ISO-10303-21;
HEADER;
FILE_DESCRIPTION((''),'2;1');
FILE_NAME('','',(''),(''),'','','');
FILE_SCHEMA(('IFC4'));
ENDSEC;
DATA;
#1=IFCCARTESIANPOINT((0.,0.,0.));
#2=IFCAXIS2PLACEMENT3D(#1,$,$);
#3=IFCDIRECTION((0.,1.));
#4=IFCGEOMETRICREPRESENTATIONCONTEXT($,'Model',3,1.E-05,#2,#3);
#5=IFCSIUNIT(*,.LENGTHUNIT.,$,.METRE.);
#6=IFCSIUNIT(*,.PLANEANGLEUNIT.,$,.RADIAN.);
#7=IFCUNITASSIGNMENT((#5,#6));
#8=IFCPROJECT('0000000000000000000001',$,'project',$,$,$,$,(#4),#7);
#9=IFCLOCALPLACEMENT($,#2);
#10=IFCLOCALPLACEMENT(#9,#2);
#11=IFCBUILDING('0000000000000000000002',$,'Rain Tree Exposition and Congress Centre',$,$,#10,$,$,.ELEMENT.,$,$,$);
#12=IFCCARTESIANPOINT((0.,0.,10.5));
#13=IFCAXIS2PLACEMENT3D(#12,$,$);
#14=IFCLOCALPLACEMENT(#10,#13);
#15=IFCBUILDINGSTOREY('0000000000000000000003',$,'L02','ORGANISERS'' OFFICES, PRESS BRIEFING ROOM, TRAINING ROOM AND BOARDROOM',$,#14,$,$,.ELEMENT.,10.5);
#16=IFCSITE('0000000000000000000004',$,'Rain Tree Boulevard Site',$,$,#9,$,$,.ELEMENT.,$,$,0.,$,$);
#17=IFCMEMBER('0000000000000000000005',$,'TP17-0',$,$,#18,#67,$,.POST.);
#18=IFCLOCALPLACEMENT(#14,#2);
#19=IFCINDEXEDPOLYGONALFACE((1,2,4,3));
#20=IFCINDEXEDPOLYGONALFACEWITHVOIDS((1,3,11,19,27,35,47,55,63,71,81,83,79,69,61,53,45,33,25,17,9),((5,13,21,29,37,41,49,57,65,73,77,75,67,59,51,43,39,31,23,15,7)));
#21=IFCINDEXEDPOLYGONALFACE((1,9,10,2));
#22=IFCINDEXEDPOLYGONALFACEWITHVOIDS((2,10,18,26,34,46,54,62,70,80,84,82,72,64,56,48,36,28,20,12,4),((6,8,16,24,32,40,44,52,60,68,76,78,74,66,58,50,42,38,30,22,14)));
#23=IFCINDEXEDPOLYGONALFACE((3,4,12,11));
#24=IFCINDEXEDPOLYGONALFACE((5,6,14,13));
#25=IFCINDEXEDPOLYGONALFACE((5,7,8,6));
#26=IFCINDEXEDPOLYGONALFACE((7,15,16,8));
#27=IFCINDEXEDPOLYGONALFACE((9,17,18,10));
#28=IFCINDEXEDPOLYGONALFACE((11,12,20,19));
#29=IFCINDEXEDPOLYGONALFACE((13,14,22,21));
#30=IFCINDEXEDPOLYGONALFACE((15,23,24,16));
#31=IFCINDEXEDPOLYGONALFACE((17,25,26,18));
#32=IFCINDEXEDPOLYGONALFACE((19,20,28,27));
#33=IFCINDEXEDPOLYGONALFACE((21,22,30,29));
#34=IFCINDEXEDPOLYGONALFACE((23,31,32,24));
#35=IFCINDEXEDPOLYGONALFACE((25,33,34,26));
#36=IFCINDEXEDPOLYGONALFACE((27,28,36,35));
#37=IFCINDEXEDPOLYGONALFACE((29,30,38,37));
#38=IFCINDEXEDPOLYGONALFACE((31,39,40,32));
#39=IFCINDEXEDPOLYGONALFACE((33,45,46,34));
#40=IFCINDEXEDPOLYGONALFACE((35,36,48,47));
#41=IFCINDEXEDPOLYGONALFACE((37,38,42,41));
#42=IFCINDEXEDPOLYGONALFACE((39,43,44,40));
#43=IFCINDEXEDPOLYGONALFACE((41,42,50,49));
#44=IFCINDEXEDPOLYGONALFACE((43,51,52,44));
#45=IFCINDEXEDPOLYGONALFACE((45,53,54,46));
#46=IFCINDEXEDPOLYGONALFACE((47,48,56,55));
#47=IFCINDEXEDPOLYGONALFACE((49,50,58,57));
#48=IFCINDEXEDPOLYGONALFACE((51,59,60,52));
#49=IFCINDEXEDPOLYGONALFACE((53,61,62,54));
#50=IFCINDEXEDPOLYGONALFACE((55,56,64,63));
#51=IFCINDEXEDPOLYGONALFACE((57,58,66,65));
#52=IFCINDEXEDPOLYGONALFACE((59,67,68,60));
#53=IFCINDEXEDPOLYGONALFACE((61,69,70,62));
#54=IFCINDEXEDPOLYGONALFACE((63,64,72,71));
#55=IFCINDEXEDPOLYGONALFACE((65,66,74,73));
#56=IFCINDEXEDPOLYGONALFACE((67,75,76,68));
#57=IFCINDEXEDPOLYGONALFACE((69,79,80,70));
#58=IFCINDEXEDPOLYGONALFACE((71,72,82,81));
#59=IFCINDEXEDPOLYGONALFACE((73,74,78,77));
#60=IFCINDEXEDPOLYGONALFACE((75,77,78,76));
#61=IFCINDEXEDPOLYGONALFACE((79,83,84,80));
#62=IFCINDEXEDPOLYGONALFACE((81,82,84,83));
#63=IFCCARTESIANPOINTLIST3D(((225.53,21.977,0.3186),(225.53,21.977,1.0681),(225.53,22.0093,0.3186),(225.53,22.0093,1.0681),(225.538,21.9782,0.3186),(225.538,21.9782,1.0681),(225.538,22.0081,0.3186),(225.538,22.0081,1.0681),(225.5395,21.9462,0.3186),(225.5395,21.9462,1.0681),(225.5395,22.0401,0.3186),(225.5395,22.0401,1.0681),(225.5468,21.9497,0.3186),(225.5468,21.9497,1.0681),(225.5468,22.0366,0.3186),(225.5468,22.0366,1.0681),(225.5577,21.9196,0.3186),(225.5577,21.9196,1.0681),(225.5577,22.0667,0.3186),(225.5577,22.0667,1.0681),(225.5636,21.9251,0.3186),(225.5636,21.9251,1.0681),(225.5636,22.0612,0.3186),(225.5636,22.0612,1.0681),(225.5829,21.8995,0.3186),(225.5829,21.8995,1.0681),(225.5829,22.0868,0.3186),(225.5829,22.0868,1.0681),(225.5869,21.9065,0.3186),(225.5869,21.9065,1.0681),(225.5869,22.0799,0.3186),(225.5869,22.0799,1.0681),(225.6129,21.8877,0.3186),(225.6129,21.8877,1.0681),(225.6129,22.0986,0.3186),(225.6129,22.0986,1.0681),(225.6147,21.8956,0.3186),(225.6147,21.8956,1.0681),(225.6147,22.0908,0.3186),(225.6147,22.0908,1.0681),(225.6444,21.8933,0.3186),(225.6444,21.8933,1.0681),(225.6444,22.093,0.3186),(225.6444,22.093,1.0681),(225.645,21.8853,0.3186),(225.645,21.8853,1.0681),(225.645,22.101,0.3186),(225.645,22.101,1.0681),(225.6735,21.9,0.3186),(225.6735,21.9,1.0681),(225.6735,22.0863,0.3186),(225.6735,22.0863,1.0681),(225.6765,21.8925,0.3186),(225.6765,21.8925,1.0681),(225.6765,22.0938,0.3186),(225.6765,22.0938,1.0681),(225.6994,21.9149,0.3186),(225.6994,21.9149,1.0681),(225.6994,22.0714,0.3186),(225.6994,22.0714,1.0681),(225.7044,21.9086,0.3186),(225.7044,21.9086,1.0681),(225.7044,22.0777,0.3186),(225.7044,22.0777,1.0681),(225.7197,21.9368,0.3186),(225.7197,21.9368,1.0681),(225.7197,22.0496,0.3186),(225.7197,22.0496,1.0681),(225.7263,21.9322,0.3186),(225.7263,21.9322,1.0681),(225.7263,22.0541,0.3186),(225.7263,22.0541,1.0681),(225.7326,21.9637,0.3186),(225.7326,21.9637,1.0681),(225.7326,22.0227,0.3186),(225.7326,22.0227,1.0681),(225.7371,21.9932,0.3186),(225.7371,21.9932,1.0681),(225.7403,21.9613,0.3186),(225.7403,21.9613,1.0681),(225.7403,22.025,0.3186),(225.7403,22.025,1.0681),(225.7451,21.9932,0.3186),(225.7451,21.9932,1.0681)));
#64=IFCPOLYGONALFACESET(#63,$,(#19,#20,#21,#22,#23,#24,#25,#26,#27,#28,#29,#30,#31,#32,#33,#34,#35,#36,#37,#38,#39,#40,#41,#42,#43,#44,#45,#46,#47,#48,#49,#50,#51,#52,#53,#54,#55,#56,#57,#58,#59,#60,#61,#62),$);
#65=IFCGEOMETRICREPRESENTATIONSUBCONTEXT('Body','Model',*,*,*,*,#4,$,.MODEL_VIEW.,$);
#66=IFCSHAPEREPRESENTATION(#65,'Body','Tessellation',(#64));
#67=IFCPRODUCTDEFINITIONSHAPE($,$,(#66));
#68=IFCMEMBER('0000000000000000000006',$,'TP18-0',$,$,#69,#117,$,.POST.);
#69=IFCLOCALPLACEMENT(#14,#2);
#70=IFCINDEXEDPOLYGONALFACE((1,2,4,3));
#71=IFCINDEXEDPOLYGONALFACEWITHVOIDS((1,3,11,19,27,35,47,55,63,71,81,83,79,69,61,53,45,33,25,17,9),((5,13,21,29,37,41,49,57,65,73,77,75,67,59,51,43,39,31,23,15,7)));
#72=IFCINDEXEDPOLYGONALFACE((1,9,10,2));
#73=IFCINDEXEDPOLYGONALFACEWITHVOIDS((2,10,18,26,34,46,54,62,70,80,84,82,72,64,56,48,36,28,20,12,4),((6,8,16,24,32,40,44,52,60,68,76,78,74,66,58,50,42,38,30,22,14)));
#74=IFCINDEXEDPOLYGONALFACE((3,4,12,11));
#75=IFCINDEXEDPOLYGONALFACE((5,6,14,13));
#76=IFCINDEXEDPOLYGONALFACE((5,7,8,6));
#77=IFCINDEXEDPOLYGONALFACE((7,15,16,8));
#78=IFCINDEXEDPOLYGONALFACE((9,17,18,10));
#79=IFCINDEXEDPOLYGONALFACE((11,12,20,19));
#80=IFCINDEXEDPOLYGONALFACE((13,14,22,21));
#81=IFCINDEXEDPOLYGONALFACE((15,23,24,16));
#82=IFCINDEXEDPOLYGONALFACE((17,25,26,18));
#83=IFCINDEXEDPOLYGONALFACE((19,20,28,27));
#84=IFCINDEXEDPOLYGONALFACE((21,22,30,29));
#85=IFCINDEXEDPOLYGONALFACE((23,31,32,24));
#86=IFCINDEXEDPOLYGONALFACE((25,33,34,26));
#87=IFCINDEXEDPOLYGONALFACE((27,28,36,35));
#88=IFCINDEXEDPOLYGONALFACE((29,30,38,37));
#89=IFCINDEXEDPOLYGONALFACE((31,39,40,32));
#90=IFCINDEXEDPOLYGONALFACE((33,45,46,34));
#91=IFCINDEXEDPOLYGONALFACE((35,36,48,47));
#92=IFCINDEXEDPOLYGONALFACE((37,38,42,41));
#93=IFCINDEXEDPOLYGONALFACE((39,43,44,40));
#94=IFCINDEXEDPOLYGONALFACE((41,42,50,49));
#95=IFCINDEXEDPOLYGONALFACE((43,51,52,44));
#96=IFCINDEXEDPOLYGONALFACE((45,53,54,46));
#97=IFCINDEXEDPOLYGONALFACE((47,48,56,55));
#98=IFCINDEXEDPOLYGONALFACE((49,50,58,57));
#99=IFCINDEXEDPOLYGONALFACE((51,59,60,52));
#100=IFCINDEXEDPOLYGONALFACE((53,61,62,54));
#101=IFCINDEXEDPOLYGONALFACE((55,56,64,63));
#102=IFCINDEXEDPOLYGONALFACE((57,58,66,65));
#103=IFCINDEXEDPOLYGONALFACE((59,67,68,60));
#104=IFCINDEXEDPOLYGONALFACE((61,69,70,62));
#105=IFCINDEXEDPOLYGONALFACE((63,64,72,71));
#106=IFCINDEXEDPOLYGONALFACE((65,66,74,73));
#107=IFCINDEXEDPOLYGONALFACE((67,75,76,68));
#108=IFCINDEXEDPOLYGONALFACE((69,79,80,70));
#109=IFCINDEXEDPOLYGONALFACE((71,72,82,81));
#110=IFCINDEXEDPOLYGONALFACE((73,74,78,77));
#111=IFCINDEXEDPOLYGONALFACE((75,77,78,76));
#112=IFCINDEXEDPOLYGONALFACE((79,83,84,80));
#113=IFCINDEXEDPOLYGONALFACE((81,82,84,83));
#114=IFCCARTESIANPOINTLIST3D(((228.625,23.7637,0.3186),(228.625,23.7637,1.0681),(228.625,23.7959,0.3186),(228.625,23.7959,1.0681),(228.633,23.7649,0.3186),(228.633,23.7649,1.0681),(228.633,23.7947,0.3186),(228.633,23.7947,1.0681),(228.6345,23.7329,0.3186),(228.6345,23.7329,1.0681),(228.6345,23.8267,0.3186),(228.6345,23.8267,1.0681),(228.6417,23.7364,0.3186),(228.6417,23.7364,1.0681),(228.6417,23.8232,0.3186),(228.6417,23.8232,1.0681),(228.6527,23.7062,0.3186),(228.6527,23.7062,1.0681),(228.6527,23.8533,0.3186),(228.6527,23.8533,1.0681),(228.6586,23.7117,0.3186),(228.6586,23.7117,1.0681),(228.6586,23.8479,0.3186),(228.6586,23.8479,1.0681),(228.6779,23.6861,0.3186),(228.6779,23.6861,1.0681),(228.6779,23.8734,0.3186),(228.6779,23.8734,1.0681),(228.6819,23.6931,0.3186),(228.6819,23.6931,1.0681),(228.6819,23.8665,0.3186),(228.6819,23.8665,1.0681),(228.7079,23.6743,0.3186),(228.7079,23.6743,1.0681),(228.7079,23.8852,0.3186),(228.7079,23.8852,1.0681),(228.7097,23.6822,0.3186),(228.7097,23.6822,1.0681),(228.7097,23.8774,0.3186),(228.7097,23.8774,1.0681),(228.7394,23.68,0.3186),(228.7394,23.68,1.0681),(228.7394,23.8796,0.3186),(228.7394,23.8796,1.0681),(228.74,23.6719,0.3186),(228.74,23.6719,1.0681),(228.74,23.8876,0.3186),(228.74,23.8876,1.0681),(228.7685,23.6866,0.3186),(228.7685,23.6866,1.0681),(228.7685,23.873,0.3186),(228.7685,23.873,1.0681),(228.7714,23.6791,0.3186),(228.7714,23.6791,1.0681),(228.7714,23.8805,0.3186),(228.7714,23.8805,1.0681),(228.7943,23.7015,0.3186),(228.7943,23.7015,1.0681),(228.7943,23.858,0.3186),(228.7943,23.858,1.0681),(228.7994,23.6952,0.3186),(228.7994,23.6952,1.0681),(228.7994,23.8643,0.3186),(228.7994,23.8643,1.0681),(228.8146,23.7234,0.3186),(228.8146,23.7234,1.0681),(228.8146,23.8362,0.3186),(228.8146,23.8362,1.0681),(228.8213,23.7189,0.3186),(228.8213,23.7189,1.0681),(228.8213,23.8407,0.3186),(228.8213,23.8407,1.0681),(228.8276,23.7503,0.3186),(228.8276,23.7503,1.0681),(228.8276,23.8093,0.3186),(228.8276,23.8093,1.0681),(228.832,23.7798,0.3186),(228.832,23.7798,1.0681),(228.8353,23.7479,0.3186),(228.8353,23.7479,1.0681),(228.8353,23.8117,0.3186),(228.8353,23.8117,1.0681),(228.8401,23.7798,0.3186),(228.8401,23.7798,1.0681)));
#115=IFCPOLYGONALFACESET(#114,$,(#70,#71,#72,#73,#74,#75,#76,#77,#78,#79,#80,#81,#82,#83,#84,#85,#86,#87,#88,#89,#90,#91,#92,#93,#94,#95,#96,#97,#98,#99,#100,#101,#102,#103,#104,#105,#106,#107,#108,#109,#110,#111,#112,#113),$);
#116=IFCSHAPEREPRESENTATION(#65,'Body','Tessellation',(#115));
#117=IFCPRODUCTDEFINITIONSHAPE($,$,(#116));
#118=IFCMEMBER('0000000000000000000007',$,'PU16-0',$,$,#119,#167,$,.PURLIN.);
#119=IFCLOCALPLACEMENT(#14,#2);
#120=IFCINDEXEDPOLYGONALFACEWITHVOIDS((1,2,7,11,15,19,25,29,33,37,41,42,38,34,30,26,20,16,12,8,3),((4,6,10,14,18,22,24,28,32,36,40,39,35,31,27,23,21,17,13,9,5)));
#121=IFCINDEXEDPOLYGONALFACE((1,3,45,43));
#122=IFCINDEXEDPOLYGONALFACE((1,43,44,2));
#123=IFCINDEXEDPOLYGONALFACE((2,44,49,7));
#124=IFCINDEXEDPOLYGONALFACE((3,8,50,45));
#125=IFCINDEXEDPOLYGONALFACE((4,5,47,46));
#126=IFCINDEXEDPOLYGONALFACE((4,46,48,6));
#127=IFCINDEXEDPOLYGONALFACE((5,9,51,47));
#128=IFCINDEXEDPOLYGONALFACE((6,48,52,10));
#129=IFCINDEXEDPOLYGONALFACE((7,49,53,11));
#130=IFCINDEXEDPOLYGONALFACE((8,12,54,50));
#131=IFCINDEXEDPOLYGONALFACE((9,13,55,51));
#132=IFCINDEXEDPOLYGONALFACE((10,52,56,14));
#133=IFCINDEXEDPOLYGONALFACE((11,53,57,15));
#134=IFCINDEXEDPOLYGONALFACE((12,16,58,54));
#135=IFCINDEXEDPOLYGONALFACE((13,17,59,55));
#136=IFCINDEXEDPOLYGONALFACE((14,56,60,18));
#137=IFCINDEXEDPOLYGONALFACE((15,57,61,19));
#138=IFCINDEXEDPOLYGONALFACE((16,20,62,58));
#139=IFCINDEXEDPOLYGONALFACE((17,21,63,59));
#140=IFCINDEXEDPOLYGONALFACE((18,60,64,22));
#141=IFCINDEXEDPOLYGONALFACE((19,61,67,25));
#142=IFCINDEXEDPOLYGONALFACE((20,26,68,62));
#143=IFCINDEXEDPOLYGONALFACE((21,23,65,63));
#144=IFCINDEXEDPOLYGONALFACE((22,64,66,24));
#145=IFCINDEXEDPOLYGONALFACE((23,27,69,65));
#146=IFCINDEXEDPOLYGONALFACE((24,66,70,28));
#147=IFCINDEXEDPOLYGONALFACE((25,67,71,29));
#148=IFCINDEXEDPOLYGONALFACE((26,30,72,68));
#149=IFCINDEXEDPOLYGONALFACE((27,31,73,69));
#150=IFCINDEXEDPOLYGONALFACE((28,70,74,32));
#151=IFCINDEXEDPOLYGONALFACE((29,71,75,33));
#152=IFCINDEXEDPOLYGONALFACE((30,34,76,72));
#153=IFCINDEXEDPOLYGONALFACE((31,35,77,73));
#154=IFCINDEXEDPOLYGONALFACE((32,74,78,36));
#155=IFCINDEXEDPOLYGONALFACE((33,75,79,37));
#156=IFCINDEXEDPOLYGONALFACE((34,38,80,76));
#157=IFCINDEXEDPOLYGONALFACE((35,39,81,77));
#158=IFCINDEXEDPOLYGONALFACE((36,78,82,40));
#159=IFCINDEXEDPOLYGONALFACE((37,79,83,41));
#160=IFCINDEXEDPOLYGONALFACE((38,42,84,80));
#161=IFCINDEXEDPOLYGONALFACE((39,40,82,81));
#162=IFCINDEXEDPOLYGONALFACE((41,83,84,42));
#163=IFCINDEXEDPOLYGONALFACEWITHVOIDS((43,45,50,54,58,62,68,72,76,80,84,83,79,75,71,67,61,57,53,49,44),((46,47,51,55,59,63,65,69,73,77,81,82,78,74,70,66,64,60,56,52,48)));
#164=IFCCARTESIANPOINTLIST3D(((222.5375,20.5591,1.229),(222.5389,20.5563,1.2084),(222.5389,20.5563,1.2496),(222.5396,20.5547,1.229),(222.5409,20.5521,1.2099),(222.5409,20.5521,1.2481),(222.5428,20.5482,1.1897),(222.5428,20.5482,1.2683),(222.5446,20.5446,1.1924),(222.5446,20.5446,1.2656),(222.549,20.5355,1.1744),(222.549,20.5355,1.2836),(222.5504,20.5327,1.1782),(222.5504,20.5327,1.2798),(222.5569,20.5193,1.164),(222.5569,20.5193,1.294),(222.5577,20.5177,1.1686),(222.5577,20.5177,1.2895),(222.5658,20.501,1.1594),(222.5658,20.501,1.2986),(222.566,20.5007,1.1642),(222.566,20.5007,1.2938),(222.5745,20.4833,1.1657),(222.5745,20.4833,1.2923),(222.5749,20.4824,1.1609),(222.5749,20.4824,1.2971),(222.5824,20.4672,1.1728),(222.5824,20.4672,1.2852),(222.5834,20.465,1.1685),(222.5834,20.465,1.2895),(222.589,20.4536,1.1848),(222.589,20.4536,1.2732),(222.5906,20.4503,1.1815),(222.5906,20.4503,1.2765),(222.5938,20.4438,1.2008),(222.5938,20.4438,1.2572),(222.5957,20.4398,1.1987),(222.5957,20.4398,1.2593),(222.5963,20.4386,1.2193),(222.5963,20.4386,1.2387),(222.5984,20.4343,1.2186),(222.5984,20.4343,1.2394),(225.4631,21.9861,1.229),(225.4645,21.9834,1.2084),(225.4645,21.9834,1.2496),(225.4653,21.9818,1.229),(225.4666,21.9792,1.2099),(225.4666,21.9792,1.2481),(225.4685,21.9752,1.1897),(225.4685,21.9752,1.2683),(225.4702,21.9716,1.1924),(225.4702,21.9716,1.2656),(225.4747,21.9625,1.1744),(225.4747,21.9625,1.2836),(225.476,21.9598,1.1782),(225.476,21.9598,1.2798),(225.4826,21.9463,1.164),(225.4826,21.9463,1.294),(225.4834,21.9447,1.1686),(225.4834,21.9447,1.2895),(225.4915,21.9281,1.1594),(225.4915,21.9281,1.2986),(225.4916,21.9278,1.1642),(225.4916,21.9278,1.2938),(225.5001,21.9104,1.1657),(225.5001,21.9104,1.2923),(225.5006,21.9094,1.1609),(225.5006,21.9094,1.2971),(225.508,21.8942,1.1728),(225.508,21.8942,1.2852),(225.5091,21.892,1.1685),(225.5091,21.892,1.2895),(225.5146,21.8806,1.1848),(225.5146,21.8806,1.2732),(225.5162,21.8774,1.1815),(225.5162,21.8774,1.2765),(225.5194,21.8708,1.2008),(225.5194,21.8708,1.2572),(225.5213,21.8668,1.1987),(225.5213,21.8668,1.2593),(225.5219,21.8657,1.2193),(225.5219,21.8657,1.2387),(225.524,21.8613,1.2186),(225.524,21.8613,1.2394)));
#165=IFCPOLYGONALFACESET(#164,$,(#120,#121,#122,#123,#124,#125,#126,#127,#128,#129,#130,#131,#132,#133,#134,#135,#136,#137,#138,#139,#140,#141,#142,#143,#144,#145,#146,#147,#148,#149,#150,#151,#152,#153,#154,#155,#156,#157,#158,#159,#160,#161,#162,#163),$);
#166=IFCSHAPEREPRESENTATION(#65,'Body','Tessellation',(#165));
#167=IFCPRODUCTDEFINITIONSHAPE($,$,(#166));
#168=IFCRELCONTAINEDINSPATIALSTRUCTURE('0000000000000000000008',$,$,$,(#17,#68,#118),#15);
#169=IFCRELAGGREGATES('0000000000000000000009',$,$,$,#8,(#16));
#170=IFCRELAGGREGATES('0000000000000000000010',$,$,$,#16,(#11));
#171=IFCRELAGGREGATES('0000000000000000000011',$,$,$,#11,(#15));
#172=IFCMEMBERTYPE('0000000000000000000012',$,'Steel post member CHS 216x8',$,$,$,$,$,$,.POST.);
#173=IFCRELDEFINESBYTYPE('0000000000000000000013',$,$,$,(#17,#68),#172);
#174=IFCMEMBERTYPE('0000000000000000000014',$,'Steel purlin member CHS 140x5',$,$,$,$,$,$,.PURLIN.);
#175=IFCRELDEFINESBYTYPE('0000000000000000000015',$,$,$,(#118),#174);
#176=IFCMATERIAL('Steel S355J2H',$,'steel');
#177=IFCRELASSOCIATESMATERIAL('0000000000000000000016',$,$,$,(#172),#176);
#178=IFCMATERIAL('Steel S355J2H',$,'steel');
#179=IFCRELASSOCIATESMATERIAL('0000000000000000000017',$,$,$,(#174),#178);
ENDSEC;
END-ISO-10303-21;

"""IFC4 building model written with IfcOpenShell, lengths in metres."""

from ifc_helpers import new_model, si_unit, direction, frame, origin, origin_2d, place, context, subcontext, project, spatial, hollow_circle, extrude, material, material_profile, profile_set, type_object, element, save


model = new_model("IFC4")

# Units and contexts
model_context = context("Model", 3, precision=1e-05, world=origin(), true_north=direction((0.0, 1.0)))
body_context = subcontext(model_context, "Body", "Model", "MODEL_VIEW")
ifc_project = project(units=[si_unit("LENGTHUNIT", "METRE"), si_unit("PLANEANGLEUNIT", "RADIAN")], contexts=[model_context])

# Site, building, storey
site_placement = place(None, origin())
site = spatial("IfcSite", under=ifc_project, at=site_placement, Name="Rain Tree Boulevard Site", CompositionType="ELEMENT", RefElevation=0.0)
building_placement = place(site_placement, origin())
building = spatial("IfcBuilding", under=site, at=building_placement, Name="Rain Tree Exposition and Congress Centre", CompositionType="ELEMENT")
storey_placement = place(building_placement, frame((0.0, 0.0, 10.5)))
storey = spatial("IfcBuildingStorey", under=building, at=storey_placement, Name="L02", Description="ORGANISERS' OFFICES, PRESS BRIEFING ROOM, TRAINING ROOM AND BOARDROOM", CompositionType="ELEMENT", Elevation=10.5)

# Members
ifc_material_1 = material(Name="Steel S355J2H", Category="steel")
ifc_material_profile_1 = material_profile(ifc_material_1, hollow_circle(Radius=0.1082, WallThickness=0.0081, at=origin_2d()), Name="CHS 216x8")
ifc_profile_set_1 = profile_set([ifc_material_profile_1], Name="Steel S355J2H")
member_type_1 = type_object("IfcMemberType", Name="Steel post member CHS 216x8", PredefinedType="POST", material=ifc_profile_set_1)
for number, where, z_axis, x_axis, name in (
    (1, (225.637, 21.9932, 0.3186), (0.0, 0.0, 1.0), (1.0, 0.0, 0.0), "TP17-0"),
    (2, (228.7319, 23.7798, 0.3186), (0.0, 0.0, 1.0), (1.0, 0.0, 0.0), "TP18-0"),
):
    element("IfcMember", number, at=place(storey_placement, frame(where, z_axis=z_axis, x_axis=x_axis)), inside=storey, type_object=member_type_1, Name=name, PredefinedType="POST", context=body_context, shape_type="SweptSolid", body=[
        extrude(hollow_circle(Radius=0.1082, WallThickness=0.0081, at=origin_2d()), origin(), (0.0, 0.0, 1.0), 0.7495),
    ])
ifc_material_2 = material(Name="Steel S355J2H", Category="steel")
ifc_material_profile_2 = material_profile(ifc_material_2, hollow_circle(Radius=0.0698, WallThickness=0.0049, at=origin_2d()), Name="CHS 140x5")
ifc_profile_set_2 = profile_set([ifc_material_profile_2], Name="Steel S355J2H")
member_type_2 = type_object("IfcMemberType", Name="Steel purlin member CHS 140x5", PredefinedType="PURLIN", material=ifc_profile_set_2)
for number, where, z_axis, x_axis, name in (
    (3, (222.5681, 20.4963, 1.229), (0.898779, 0.438401, 0.0), (-0.438401, 0.898779, 0.0), "PU16-0"),
):
    element("IfcMember", number, at=place(storey_placement, frame(where, z_axis=z_axis, x_axis=x_axis)), inside=storey, type_object=member_type_2, Name=name, PredefinedType="PURLIN", context=body_context, shape_type="SweptSolid", body=[
        extrude(hollow_circle(Radius=0.0698, WallThickness=0.0049, at=origin_2d()), origin(), (0.0, 0.0, 1.0), 3.2551),
    ])

save(model, "model.ifc")
